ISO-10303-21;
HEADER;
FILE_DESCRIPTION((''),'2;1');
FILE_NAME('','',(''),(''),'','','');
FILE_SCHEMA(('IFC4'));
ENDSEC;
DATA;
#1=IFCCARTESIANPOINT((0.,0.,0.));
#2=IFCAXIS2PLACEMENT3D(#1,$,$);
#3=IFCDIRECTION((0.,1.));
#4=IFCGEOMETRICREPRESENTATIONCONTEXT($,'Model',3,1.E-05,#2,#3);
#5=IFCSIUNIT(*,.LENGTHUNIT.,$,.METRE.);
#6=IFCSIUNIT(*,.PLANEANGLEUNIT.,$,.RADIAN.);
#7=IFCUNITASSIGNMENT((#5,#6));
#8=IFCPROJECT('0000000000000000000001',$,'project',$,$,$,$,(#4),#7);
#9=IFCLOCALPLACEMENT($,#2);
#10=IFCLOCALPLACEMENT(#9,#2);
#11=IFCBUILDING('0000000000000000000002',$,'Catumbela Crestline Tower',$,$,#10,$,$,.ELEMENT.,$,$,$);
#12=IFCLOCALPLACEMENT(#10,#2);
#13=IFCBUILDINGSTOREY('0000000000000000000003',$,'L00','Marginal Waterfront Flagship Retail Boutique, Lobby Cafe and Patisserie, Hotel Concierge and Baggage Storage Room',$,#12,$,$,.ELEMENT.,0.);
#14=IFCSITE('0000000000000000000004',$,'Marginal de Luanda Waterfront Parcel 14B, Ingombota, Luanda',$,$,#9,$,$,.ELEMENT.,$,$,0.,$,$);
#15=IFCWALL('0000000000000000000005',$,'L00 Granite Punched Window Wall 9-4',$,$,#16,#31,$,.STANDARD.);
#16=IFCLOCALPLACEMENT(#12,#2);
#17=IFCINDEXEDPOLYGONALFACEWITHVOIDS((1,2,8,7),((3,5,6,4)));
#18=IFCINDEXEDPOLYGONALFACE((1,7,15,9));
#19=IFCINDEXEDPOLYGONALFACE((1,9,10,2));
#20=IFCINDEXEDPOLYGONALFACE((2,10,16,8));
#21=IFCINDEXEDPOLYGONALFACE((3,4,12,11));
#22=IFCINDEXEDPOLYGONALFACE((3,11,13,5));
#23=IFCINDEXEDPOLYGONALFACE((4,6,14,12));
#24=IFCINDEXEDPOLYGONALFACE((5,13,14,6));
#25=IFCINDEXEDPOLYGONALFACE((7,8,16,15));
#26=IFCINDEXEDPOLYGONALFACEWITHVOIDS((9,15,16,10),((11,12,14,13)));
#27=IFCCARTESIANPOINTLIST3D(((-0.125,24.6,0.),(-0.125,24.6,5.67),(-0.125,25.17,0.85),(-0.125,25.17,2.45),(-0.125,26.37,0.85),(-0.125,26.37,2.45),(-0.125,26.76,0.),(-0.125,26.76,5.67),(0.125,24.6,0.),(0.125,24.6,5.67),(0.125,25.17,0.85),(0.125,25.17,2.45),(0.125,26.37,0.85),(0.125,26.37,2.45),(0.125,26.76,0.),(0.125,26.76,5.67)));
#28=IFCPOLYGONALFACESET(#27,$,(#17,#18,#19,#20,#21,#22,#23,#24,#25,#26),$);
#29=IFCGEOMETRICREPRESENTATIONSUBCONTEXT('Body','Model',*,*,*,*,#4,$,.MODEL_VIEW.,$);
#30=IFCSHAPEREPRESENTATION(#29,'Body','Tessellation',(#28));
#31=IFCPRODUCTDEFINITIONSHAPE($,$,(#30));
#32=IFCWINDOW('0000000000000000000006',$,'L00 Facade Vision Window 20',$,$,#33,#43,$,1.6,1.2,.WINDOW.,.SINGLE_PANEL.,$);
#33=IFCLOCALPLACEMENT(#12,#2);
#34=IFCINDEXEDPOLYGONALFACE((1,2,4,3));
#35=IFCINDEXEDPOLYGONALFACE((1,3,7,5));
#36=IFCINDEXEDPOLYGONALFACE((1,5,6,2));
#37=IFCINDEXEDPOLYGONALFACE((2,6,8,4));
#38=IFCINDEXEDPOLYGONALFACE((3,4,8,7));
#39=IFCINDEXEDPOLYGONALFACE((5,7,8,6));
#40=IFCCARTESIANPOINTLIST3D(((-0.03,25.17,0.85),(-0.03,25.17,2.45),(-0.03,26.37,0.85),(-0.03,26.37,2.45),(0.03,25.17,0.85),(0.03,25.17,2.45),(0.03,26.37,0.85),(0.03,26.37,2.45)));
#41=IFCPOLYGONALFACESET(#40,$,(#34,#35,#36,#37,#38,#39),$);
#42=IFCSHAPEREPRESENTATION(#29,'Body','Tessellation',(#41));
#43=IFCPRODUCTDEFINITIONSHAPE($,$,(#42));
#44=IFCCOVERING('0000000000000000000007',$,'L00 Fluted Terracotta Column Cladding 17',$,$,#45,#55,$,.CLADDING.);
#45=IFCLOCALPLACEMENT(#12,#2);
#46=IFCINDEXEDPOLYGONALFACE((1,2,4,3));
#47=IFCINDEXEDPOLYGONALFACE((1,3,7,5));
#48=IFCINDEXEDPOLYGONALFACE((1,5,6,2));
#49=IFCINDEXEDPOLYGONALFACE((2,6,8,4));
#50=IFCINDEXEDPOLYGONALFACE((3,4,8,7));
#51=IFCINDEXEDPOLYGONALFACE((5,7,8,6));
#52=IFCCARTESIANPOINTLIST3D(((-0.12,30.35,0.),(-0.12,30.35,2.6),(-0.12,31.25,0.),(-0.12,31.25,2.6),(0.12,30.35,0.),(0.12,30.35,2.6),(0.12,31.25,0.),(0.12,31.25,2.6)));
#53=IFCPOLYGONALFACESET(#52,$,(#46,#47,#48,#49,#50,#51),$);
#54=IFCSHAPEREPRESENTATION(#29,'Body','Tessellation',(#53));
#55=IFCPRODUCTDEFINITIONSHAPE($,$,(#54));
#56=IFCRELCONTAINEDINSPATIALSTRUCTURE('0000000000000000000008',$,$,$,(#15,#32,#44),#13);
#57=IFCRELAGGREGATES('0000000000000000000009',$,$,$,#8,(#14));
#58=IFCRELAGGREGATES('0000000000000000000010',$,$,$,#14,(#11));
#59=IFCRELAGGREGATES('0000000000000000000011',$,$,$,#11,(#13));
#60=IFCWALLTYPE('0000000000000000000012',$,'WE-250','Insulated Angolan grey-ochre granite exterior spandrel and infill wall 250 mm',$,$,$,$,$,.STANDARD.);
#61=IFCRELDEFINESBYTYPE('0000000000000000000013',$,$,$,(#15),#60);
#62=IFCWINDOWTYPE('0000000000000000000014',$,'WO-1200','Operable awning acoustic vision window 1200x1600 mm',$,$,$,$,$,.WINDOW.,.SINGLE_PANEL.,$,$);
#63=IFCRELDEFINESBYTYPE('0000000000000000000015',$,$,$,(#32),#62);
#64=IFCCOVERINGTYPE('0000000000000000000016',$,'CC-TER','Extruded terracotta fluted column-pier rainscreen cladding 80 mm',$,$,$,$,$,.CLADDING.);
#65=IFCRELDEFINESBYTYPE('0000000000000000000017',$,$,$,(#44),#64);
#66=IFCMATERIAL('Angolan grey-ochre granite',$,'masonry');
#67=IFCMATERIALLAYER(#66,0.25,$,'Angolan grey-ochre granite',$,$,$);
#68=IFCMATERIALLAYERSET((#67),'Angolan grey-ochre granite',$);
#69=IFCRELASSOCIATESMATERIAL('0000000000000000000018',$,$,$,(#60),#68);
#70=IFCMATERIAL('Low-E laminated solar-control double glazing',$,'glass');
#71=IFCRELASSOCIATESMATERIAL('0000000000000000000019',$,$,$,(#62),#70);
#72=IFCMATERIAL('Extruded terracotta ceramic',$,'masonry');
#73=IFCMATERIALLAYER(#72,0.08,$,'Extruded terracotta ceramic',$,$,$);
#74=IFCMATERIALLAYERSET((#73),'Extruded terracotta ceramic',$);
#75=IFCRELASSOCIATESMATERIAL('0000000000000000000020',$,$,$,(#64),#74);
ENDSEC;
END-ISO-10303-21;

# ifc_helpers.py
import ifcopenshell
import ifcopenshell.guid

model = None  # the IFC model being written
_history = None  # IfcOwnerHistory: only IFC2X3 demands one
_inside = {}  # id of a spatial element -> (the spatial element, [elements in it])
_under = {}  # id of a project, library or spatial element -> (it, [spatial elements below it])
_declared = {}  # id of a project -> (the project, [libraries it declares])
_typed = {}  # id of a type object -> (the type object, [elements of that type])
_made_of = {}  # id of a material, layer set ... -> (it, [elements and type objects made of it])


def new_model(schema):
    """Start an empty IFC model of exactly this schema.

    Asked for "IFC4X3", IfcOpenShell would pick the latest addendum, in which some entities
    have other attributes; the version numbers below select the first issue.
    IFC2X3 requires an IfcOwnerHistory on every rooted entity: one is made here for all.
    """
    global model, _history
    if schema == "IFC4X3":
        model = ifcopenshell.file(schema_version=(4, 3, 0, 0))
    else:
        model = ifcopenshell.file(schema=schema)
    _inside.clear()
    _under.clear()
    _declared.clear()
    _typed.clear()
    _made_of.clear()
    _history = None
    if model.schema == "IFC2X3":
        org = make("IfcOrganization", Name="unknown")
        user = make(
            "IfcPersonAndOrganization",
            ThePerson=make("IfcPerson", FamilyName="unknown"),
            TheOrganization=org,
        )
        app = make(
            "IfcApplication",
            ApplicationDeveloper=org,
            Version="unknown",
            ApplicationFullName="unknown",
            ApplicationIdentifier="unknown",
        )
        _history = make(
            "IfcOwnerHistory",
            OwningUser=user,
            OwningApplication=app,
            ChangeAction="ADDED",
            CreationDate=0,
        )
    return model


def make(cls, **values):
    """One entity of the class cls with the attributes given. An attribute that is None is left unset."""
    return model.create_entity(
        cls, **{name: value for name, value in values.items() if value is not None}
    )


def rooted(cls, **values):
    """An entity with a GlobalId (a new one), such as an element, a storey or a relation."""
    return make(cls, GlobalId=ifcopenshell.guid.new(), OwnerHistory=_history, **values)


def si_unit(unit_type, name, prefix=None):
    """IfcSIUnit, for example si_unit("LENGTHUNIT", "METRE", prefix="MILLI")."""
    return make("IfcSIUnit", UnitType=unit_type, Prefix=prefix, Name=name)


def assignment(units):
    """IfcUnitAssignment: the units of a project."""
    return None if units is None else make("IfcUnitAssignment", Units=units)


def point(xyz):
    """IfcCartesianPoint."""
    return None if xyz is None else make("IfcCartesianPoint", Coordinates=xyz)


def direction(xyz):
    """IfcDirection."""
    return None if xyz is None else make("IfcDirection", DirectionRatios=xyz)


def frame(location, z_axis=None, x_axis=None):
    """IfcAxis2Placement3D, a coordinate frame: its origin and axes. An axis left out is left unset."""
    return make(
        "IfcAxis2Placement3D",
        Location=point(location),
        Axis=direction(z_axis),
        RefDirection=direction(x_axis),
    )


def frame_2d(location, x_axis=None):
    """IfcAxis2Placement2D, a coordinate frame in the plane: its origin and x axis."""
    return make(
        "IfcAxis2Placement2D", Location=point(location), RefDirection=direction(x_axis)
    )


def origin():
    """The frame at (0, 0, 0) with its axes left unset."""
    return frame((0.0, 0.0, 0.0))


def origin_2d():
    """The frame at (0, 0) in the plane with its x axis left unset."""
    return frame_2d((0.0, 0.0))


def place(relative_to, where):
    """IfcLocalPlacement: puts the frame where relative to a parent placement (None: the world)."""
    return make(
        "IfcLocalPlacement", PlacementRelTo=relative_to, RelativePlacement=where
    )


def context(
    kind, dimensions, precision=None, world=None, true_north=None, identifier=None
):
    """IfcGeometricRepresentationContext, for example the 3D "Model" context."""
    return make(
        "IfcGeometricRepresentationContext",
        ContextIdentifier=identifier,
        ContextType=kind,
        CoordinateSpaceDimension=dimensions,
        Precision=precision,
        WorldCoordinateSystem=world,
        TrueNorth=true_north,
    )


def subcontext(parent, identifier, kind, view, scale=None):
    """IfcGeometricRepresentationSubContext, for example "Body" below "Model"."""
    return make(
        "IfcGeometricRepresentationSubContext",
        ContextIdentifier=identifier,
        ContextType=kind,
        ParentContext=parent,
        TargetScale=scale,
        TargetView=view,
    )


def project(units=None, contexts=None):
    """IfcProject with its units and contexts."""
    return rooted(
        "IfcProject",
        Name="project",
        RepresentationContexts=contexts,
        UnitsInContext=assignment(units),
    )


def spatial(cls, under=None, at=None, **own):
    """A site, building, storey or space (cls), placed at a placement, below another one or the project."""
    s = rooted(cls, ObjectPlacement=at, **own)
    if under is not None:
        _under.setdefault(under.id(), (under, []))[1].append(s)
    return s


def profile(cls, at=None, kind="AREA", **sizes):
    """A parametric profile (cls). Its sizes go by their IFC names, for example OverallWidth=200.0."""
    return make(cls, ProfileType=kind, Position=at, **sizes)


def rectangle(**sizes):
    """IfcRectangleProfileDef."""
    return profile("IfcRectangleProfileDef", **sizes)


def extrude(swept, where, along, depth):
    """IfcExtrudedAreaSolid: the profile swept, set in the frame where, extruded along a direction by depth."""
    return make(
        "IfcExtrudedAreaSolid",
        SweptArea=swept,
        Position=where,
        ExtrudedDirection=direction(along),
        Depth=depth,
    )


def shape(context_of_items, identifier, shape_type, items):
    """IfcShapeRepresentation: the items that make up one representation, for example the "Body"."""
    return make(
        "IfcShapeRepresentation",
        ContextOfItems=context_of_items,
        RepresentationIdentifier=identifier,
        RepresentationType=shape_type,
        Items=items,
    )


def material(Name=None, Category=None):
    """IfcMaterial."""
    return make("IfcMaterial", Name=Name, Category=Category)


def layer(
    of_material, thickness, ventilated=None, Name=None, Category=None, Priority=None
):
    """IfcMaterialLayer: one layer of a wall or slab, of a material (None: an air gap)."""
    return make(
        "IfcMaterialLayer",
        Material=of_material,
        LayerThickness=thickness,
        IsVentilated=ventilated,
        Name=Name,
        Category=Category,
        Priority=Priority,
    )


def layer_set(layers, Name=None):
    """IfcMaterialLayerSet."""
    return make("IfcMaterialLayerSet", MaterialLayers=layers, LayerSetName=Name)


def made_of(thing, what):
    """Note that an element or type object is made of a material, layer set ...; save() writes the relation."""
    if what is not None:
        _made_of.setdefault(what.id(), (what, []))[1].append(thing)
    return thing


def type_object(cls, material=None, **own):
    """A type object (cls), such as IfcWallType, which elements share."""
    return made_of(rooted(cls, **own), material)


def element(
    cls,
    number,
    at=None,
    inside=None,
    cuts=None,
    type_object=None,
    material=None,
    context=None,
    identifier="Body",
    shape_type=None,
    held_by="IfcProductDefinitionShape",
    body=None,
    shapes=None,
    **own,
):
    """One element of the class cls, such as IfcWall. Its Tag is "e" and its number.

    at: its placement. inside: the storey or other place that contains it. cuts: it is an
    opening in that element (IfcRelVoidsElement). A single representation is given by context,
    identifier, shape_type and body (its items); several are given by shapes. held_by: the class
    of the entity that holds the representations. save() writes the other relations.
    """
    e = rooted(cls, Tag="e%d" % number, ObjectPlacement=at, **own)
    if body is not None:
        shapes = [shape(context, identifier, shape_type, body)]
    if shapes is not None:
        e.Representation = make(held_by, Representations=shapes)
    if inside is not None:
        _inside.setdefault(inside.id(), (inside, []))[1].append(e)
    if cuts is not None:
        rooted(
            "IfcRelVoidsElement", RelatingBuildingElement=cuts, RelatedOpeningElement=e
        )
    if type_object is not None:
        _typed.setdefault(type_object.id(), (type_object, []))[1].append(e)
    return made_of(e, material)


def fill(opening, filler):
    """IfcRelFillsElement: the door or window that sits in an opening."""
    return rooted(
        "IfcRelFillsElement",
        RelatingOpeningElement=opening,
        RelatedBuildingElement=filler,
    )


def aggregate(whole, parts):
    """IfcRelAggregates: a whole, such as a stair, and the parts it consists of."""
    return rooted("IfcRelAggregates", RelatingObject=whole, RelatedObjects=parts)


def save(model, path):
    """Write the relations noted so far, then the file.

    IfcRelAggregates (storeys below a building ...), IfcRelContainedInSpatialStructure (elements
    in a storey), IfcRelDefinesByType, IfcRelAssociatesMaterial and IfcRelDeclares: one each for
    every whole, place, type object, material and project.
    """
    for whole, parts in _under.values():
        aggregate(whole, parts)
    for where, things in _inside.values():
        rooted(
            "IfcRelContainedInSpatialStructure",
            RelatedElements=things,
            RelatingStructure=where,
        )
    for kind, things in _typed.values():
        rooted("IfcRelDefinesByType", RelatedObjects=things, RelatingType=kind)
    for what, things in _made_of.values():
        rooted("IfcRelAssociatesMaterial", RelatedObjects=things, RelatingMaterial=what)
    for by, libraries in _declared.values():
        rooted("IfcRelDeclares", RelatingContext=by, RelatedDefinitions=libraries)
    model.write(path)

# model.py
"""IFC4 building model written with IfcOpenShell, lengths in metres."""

from ifc_helpers import new_model, si_unit, direction, frame, frame_2d, origin, origin_2d, place, context, subcontext, project, spatial, rectangle, extrude, material, layer, layer_set, type_object, element, fill, save


model = new_model("IFC4")

# Units and contexts
model_context = context("Model", 3, precision=1e-05, world=origin(), true_north=direction((0.0, 1.0)))
body_context = subcontext(model_context, "Body", "Model", "MODEL_VIEW")
ifc_project = project(units=[si_unit("LENGTHUNIT", "METRE"), si_unit("PLANEANGLEUNIT", "RADIAN")], contexts=[model_context])

# Site, building, storey
site_placement = place(None, origin())
site = spatial("IfcSite", under=ifc_project, at=site_placement, Name="Marginal de Luanda Waterfront Parcel 14B, Ingombota, Luanda", CompositionType="ELEMENT", RefElevation=0.0)
building_placement = place(site_placement, origin())
building = spatial("IfcBuilding", under=site, at=building_placement, Name="Catumbela Crestline Tower", CompositionType="ELEMENT")
storey_placement = place(building_placement, origin())
storey = spatial("IfcBuildingStorey", under=building, at=storey_placement, Name="L00", Description="Marginal Waterfront Flagship Retail Boutique, Lobby Cafe and Patisserie, Hotel Concierge and Baggage Storage Room", CompositionType="ELEMENT", Elevation=0.0)

# Shared definitions
ifc_material_1 = material(Name="Low-E laminated solar-control double glazing", Category="glass")

# Shared definitions
ifc_material_2 = material(Name="Angolan grey-ochre granite", Category="masonry")
ifc_layer_1 = layer(ifc_material_2, 0.25, Name="Angolan grey-ochre granite")
ifc_layer_set_1 = layer_set([ifc_layer_1], Name="Angolan grey-ochre granite")
wall_type_1 = type_object("IfcWallType", Name="WE-250", Description="Insulated Angolan grey-ochre granite exterior spandrel and infill wall 250 mm", PredefinedType="STANDARD", material=ifc_layer_set_1)

# Wall, opening, window
wall_1_placement = place(storey_placement, frame((0.0, 26.76, 0.0), z_axis=(0.0, 0.0, 1.0), x_axis=(0.0, -1.0, 0.0)))
wall_1 = element("IfcWall", 1, at=wall_1_placement, inside=storey, type_object=wall_type_1, Name="L00 Granite Punched Window Wall 9-4", PredefinedType="STANDARD", context=body_context, shape_type="SweptSolid", body=[
    extrude(rectangle(XDim=2.16, YDim=0.25, at=frame_2d((1.08, 0.0))), origin(), (0.0, 0.0, 1.0), 5.67),
])
opening_1_placement = place(wall_1_placement, frame((0.39, 0.0, 0.85)))
opening_1 = element("IfcOpeningElement", 2, at=opening_1_placement, cuts=wall_1, PredefinedType="OPENING", context=body_context, shape_type="SweptSolid", body=[
    extrude(rectangle(XDim=1.2, YDim=1.6, at=frame_2d((0.6, 0.8))), frame((0.0, 0.135, 0.0), z_axis=(0.0, -1.0, 0.0), x_axis=(1.0, 0.0, 0.0)), (0.0, 0.0, 1.0), 0.27),
])
window_type = type_object("IfcWindowType", Name="WO-1200", Description="Operable awning acoustic vision window 1200x1600 mm", PartitioningType="SINGLE_PANEL", PredefinedType="WINDOW", material=ifc_material_1)
window_placement = place(opening_1_placement, origin())
window = element("IfcWindow", 3, at=window_placement, inside=storey, type_object=window_type, Name="L00 Facade Vision Window 20", OverallHeight=1.6, OverallWidth=1.2, PartitioningType="SINGLE_PANEL", PredefinedType="WINDOW", context=body_context, shape_type="SweptSolid", body=[
    extrude(rectangle(XDim=1.2, YDim=1.6, at=frame_2d((0.6, 0.8))), frame((0.0, 0.03, 0.0), z_axis=(0.0, -1.0, 0.0), x_axis=(1.0, 0.0, 0.0)), (0.0, 0.0, 1.0), 0.06),
])
fill(opening_1, window)

# Covering
ifc_material_3 = material(Name="Extruded terracotta ceramic", Category="masonry")
ifc_layer_2 = layer(ifc_material_3, 0.08, Name="Extruded terracotta ceramic")
ifc_layer_set_2 = layer_set([ifc_layer_2], Name="Extruded terracotta ceramic")
covering_type = type_object("IfcCoveringType", Name="CC-TER", Description="Extruded terracotta fluted column-pier rainscreen cladding 80 mm", PredefinedType="CLADDING", material=ifc_layer_set_2)
covering_placement = place(storey_placement, frame((0.0, 30.8, 0.0), z_axis=(0.0, 0.0, 1.0), x_axis=(0.0, -1.0, 0.0)))
element("IfcCovering", 4, at=covering_placement, inside=storey, type_object=covering_type, Name="L00 Fluted Terracotta Column Cladding 17", PredefinedType="CLADDING", context=body_context, shape_type="SweptSolid", body=[
    extrude(rectangle(XDim=0.9, YDim=0.24, at=origin_2d()), origin(), (0.0, 0.0, 1.0), 2.6),
])

save(model, "model.ifc")
